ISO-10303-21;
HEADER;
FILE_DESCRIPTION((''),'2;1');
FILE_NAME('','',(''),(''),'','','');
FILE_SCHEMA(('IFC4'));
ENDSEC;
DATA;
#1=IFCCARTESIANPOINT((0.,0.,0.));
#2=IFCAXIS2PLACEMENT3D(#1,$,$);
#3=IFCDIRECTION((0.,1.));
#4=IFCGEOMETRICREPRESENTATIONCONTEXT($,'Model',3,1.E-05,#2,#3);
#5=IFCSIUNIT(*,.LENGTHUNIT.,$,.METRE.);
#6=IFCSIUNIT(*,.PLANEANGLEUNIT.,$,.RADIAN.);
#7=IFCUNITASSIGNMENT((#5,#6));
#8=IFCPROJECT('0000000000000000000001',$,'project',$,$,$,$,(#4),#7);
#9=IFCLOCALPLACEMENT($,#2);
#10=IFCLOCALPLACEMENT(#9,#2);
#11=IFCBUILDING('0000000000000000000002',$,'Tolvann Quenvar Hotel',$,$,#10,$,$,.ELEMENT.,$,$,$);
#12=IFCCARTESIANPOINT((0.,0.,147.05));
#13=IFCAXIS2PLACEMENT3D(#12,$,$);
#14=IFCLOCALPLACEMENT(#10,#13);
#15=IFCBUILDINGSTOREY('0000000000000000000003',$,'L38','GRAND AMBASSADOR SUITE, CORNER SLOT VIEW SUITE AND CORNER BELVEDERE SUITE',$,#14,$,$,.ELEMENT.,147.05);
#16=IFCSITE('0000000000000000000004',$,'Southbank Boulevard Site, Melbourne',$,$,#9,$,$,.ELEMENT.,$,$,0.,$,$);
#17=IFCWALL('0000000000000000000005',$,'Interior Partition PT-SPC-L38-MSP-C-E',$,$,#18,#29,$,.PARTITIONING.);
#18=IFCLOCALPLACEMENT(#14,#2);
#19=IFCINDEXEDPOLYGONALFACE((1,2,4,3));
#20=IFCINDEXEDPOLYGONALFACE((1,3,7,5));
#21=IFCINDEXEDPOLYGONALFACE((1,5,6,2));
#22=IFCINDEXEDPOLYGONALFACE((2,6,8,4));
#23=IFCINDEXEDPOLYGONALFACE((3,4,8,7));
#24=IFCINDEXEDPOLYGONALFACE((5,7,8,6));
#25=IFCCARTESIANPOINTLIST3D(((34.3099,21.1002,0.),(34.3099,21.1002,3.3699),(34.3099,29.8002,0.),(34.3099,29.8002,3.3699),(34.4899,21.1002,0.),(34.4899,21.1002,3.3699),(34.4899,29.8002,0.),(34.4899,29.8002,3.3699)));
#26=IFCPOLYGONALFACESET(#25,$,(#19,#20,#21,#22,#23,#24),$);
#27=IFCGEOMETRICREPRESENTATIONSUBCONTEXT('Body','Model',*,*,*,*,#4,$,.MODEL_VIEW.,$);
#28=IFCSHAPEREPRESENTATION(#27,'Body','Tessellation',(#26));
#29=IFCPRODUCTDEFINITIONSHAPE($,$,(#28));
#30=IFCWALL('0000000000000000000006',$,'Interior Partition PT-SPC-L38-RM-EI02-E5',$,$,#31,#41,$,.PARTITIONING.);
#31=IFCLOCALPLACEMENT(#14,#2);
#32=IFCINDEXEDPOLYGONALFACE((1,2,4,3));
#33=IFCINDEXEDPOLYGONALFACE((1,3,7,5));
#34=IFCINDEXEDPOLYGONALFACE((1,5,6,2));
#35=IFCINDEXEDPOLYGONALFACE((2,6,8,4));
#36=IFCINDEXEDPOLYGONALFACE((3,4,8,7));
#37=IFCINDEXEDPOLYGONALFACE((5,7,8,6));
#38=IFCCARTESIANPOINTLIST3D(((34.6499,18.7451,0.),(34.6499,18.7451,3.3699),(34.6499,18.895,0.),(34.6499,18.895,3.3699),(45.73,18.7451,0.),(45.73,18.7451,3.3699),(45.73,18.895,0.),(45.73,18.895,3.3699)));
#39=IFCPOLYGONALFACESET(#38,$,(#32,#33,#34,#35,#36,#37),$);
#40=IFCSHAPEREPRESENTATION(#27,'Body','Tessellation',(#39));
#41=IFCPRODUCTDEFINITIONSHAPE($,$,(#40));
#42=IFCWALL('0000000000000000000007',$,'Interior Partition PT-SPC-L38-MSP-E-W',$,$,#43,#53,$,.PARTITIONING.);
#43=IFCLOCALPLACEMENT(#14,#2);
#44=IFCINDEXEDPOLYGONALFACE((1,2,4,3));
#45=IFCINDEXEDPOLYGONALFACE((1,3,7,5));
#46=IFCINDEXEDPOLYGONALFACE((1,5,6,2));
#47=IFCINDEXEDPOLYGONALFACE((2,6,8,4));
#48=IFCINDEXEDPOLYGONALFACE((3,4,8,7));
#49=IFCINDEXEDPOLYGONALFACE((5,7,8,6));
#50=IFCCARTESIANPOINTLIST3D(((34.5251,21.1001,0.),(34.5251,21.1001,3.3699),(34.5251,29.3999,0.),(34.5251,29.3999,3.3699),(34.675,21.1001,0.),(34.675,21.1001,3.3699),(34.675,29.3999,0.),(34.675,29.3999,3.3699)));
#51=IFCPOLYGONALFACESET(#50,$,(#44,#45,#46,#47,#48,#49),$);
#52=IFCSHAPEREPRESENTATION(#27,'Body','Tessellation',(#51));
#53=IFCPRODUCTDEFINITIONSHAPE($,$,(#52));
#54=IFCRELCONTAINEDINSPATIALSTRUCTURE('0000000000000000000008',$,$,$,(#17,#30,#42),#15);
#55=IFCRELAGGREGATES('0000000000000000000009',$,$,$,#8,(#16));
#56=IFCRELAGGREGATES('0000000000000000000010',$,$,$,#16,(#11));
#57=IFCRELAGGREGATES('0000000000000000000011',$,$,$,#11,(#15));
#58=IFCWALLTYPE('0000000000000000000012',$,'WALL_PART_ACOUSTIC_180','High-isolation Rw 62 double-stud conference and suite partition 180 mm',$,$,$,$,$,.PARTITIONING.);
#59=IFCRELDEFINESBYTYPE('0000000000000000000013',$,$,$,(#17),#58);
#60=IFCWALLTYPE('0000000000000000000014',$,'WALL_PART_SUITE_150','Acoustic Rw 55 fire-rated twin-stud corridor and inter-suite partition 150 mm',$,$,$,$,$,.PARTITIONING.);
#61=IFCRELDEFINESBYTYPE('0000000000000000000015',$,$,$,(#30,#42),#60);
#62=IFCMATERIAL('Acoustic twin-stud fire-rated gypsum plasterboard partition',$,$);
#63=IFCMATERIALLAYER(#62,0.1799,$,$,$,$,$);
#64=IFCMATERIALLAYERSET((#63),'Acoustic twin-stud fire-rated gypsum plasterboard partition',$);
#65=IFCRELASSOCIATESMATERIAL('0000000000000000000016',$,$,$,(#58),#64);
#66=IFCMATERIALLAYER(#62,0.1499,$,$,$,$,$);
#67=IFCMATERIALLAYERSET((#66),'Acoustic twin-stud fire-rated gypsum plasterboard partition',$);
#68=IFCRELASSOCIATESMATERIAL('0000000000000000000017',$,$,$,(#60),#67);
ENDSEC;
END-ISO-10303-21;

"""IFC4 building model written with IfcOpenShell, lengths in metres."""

from ifc_helpers import new_model, si_unit, direction, frame, frame_2d, origin, place, context, subcontext, project, spatial, rectangle, extrude, material, layer, layer_set, type_object, element, save


model = new_model("IFC4")

# Units and contexts
model_context = context("Model", 3, precision=1e-05, world=origin(), true_north=direction((0.0, 1.0)))
body_context = subcontext(model_context, "Body", "Model", "MODEL_VIEW")
ifc_project = project(units=[si_unit("LENGTHUNIT", "METRE"), si_unit("PLANEANGLEUNIT", "RADIAN")], contexts=[model_context])

# Site, building, storey
site_placement = place(None, origin())
site = spatial("IfcSite", under=ifc_project, at=site_placement, Name="Southbank Boulevard Site, Melbourne", CompositionType="ELEMENT", RefElevation=0.0)
building_placement = place(site_placement, origin())
building = spatial("IfcBuilding", under=site, at=building_placement, Name="Tolvann Quenvar Hotel", CompositionType="ELEMENT")
storey_placement = place(building_placement, frame((0.0, 0.0, 147.05)))
storey = spatial("IfcBuildingStorey", under=building, at=storey_placement, Name="L38", Description="GRAND AMBASSADOR SUITE, CORNER SLOT VIEW SUITE AND CORNER BELVEDERE SUITE", CompositionType="ELEMENT", Elevation=147.05)

# Shared definitions
ifc_material_1 = material(Name="Acoustic twin-stud fire-rated gypsum plasterboard partition")
ifc_layer_1 = layer(ifc_material_1, 0.1799)
ifc_layer_set_1 = layer_set([ifc_layer_1], Name="Acoustic twin-stud fire-rated gypsum plasterboard partition")
wall_type_1 = type_object("IfcWallType", Name="WALL_PART_ACOUSTIC_180", Description="High-isolation Rw 62 double-stud conference and suite partition 180 mm", PredefinedType="PARTITIONING", material=ifc_layer_set_1)

# Walls
for number, where, z_axis, x_axis, name in (
    (1, (34.3999, 21.1001, 0.0), (0.0, 0.0, 1.0), (0.0, 1.0, 0.0), "Interior Partition PT-SPC-L38-MSP-C-E"),
):
    element("IfcWall", number, at=place(storey_placement, frame(where, z_axis=z_axis, x_axis=x_axis)), inside=storey, type_object=wall_type_1, Name=name, PredefinedType="PARTITIONING", context=body_context, shape_type="SweptSolid", body=[
        extrude(rectangle(XDim=8.7, YDim=0.1799, at=frame_2d((4.3501, 0.0))), origin(), (0.0, 0.0, 1.0), 3.3699),
    ])
ifc_layer_2 = layer(ifc_material_1, 0.1499)
ifc_layer_set_2 = layer_set([ifc_layer_2], Name="Acoustic twin-stud fire-rated gypsum plasterboard partition")
wall_type_2 = type_object("IfcWallType", Name="WALL_PART_SUITE_150", Description="Acoustic Rw 55 fire-rated twin-stud corridor and inter-suite partition 150 mm", PredefinedType="PARTITIONING", material=ifc_layer_set_2)
wall_1_placement = place(storey_placement, frame((34.6499, 18.8201, 0.0), z_axis=(0.0, 0.0, 1.0), x_axis=(1.0, 0.0, 0.0)))
element("IfcWall", 2, at=wall_1_placement, inside=storey, type_object=wall_type_2, Name="Interior Partition PT-SPC-L38-RM-EI02-E5", PredefinedType="PARTITIONING", context=body_context, shape_type="SweptSolid", body=[
    extrude(rectangle(XDim=11.0801, YDim=0.1499, at=frame_2d((5.54, 0.0))), origin(), (0.0, 0.0, 1.0), 3.3699),
])

# Wall
wall_2_placement = place(storey_placement, frame((34.6001, 21.1001, 0.0), z_axis=(0.0, 0.0, 1.0), x_axis=(0.0, 1.0, 0.0)))
element("IfcWall", 3, at=wall_2_placement, inside=storey, type_object=wall_type_2, Name="Interior Partition PT-SPC-L38-MSP-E-W", PredefinedType="PARTITIONING", context=body_context, shape_type="SweptSolid", body=[
    extrude(rectangle(XDim=8.2998, YDim=0.1499, at=frame_2d((4.1499, 0.0))), origin(), (0.0, 0.0, 1.0), 3.3699),
])

save(model, "model.ifc")
